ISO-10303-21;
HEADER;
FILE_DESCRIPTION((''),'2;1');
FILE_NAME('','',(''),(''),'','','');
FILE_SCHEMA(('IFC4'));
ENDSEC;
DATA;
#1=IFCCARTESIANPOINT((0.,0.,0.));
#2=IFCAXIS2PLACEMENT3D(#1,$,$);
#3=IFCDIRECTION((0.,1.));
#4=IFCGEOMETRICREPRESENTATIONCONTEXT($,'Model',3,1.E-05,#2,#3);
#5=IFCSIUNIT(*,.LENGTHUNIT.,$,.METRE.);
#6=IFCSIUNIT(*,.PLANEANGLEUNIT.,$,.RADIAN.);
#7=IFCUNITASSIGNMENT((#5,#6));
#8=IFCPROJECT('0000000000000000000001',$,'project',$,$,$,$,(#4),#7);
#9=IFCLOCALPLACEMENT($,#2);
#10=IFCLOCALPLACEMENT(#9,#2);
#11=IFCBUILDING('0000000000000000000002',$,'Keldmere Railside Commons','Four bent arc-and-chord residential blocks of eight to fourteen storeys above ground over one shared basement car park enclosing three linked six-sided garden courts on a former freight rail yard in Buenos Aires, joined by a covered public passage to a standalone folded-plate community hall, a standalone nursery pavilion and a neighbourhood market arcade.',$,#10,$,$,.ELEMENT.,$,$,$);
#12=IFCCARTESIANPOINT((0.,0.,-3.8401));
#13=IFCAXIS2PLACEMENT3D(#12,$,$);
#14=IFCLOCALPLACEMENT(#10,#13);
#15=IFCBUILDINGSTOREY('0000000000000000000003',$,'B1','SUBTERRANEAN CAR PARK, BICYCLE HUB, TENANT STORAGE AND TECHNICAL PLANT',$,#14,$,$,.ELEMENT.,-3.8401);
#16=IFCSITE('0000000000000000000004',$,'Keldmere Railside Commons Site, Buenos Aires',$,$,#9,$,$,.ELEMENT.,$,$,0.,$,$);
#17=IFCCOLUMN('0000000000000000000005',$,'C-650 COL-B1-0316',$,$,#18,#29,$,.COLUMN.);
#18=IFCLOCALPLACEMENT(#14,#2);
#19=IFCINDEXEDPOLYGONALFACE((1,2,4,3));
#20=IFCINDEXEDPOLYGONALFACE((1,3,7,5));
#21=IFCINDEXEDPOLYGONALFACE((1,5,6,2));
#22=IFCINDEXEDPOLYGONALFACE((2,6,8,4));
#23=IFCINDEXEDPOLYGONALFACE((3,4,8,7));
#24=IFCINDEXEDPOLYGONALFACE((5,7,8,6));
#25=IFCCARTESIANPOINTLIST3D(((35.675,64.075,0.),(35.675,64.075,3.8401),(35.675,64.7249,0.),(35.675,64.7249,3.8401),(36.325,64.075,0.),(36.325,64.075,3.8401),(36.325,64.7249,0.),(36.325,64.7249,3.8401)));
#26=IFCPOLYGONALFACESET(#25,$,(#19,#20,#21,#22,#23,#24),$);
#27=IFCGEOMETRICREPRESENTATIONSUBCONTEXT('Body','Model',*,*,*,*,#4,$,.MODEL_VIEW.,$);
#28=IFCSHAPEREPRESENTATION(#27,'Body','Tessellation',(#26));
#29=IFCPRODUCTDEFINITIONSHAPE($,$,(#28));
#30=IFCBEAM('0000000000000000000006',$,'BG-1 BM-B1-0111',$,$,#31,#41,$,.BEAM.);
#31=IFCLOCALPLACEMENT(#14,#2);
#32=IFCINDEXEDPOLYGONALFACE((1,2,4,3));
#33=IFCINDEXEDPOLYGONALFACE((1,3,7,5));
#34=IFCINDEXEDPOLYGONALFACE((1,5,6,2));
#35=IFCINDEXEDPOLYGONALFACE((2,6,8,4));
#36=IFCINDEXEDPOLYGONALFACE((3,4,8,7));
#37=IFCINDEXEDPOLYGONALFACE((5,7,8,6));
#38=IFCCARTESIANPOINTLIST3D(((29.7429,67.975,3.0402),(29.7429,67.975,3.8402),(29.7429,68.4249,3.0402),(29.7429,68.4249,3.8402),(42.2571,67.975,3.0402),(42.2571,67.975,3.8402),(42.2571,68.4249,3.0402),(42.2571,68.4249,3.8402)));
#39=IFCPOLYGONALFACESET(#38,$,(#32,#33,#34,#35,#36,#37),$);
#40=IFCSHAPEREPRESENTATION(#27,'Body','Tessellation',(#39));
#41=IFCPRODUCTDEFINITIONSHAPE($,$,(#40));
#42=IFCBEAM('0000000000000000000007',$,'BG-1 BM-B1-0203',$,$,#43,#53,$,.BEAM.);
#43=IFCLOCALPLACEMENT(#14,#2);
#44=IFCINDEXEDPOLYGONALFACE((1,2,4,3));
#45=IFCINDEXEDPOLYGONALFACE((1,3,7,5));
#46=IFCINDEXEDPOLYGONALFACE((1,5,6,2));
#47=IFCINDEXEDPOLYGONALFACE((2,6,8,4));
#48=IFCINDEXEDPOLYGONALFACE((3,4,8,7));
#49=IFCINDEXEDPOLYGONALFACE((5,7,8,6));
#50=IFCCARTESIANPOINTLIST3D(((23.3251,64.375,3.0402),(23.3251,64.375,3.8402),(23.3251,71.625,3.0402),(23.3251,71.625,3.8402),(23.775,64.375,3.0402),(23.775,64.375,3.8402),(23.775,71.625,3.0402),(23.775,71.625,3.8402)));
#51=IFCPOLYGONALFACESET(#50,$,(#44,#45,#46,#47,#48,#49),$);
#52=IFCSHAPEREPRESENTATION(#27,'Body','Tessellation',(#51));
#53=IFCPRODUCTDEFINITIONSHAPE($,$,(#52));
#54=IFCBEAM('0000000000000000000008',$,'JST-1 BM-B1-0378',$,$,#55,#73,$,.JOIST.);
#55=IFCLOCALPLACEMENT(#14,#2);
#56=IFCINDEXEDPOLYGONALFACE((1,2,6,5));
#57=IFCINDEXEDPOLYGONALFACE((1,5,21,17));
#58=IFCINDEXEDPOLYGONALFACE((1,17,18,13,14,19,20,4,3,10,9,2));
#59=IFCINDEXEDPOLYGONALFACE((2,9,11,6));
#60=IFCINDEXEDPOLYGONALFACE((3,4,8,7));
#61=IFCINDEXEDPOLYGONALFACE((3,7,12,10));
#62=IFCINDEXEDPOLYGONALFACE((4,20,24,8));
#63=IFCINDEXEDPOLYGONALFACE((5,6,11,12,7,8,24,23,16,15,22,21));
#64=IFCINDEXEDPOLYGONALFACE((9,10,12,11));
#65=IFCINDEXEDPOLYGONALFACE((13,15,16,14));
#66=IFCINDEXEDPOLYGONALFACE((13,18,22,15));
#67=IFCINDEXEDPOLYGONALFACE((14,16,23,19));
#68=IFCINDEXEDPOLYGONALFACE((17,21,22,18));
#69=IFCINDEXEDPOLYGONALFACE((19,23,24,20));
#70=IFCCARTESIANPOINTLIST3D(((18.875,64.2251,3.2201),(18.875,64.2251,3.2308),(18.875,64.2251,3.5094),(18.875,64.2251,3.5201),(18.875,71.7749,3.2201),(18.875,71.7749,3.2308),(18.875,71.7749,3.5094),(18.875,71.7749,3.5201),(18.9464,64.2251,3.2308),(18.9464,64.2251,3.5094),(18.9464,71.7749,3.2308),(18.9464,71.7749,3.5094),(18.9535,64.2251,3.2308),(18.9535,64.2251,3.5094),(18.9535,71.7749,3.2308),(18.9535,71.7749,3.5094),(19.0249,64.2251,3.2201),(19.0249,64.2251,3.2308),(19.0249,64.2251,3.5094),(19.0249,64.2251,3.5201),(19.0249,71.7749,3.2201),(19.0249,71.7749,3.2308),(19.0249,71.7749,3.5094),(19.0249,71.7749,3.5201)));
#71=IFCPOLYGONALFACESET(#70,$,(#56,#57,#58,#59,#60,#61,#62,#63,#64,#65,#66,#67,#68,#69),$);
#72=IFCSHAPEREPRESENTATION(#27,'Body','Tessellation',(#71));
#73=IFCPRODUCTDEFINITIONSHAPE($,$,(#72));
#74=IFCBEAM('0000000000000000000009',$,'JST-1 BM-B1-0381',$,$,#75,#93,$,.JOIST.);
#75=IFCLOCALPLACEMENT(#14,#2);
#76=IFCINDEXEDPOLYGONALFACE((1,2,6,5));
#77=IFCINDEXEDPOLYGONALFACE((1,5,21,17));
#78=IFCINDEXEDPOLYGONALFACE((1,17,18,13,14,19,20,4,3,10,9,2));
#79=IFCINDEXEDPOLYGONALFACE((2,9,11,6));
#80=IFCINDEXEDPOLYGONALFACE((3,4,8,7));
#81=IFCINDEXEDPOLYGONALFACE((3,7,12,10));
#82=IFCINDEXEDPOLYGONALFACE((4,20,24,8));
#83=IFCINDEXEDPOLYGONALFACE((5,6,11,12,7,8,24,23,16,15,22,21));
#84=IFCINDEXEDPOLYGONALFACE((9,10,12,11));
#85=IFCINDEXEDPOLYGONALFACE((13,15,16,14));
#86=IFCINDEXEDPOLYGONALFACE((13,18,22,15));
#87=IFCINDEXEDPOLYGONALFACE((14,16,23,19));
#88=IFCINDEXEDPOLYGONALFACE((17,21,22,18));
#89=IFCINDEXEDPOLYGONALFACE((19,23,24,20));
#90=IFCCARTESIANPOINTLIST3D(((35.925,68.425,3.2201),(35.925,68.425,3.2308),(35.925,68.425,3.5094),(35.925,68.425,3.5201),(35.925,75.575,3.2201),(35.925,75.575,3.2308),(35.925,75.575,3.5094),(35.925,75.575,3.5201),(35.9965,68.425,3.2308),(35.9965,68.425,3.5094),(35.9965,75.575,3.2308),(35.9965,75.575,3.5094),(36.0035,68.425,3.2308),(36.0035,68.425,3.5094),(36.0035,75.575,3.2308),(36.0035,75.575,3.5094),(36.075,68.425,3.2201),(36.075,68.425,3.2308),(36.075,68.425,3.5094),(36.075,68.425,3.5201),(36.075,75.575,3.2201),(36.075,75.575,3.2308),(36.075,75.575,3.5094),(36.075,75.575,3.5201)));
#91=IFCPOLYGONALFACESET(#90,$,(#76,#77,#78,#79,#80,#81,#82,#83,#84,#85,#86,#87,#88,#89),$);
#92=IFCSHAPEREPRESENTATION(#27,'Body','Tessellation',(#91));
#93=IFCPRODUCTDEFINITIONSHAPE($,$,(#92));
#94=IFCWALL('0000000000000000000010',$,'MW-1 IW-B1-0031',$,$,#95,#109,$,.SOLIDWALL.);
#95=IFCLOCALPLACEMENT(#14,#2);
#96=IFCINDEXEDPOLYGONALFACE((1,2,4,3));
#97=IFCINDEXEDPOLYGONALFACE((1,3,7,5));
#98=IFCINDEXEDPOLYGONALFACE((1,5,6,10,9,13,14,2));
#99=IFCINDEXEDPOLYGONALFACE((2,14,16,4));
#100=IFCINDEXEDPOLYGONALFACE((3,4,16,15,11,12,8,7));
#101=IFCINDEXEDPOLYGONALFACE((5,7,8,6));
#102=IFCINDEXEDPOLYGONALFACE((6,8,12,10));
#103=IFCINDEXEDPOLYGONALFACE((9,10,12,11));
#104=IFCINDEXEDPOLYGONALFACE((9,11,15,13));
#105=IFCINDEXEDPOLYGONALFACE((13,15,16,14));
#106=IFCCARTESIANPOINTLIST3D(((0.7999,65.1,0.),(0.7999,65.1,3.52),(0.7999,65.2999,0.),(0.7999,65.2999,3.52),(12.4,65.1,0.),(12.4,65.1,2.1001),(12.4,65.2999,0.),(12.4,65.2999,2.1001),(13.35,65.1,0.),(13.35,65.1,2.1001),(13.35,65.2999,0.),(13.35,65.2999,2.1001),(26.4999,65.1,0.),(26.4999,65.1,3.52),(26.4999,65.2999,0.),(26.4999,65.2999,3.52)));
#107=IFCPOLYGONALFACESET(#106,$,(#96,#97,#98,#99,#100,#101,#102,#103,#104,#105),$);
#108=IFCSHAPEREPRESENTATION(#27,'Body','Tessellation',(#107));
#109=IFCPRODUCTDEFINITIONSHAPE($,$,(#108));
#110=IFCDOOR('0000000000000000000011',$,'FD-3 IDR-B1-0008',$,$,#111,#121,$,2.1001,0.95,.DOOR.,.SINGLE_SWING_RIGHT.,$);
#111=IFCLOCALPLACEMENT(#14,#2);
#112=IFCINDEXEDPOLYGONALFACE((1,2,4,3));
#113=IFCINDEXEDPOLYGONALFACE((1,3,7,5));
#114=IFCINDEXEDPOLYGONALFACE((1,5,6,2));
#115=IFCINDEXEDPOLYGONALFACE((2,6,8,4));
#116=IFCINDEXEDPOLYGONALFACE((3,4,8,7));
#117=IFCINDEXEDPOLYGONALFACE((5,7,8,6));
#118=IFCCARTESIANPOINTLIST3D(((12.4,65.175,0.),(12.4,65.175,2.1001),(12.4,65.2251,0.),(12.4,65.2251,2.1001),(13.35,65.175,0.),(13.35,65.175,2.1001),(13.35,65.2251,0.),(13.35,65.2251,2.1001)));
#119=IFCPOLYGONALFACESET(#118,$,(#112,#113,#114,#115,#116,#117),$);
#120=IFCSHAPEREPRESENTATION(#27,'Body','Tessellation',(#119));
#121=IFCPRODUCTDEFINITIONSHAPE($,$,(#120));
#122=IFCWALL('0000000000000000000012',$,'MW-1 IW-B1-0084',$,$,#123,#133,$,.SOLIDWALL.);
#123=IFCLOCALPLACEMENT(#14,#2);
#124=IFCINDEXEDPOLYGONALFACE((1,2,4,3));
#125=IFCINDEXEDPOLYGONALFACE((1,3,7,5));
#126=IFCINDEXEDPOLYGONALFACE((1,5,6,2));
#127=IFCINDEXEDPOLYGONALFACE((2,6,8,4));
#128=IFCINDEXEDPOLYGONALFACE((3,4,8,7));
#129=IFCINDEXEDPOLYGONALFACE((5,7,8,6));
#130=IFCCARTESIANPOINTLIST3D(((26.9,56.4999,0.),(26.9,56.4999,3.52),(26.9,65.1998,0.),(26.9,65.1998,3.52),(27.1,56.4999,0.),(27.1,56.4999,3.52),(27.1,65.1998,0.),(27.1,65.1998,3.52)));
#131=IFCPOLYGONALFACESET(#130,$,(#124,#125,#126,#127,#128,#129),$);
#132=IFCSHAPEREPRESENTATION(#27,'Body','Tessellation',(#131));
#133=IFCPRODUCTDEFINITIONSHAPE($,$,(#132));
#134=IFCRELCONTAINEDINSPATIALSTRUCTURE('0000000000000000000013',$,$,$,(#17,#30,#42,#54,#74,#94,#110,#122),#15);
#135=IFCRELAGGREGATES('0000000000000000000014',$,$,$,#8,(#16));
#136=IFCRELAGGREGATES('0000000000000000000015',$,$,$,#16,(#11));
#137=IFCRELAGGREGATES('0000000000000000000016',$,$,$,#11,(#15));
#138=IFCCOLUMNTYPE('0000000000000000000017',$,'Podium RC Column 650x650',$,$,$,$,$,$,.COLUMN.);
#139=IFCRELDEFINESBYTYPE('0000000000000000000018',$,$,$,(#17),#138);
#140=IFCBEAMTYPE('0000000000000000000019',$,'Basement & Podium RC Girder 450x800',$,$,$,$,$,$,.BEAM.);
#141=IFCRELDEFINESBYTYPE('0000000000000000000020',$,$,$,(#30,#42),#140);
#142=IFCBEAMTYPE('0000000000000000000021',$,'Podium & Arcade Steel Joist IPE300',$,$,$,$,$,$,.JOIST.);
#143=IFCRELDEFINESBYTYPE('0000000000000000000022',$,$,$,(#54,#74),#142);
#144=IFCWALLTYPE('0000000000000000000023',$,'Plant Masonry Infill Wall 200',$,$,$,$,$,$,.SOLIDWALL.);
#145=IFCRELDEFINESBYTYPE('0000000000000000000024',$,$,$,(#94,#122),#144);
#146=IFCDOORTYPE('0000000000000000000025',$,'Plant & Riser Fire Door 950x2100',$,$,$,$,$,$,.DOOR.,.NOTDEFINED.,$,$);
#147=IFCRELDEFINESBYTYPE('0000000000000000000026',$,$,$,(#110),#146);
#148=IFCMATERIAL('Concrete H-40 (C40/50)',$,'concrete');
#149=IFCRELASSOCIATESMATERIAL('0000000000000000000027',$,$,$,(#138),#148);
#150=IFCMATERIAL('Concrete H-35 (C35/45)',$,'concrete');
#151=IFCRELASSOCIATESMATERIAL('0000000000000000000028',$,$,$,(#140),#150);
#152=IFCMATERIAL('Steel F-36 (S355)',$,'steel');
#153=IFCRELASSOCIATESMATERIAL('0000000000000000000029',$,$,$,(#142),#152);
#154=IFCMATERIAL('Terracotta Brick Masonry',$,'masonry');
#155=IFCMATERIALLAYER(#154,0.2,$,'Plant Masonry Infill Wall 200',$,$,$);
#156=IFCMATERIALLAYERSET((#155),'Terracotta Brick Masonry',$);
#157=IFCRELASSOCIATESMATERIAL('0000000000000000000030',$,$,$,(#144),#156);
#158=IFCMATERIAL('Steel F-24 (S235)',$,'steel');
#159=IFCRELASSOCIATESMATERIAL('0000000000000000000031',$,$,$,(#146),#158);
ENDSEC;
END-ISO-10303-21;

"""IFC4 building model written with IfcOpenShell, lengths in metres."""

from ifc_helpers import new_model, si_unit, direction, frame, frame_2d, origin, origin_2d, place, context, subcontext, project, spatial, rectangle, i_section, extrude, material, layer, layer_set, material_profile, profile_set, type_object, element, fill, save


model = new_model("IFC4")

# Units and contexts
model_context = context("Model", 3, precision=1e-05, world=origin(), true_north=direction((0.0, 1.0)))
body_context = subcontext(model_context, "Body", "Model", "MODEL_VIEW")
ifc_project = project(units=[si_unit("LENGTHUNIT", "METRE"), si_unit("PLANEANGLEUNIT", "RADIAN")], contexts=[model_context])

# Site, building, storey
site_placement = place(None, origin())
site = spatial("IfcSite", under=ifc_project, at=site_placement, Name="Keldmere Railside Commons Site, Buenos Aires", CompositionType="ELEMENT", RefElevation=0.0)
building_placement = place(site_placement, origin())
building = spatial("IfcBuilding", under=site, at=building_placement, Name="Keldmere Railside Commons", Description="Four bent arc-and-chord residential blocks of eight to fourteen storeys above ground over one shared basement car park enclosing three linked six-sided garden courts on a former freight rail yard in Buenos Aires, joined by a covered public passage to a standalone folded-plate community hall, a standalone nursery pavilion and a neighbourhood market arcade.", CompositionType="ELEMENT")
storey_placement = place(building_placement, frame((0.0, 0.0, -3.8401)))
storey = spatial("IfcBuildingStorey", under=building, at=storey_placement, Name="B1", Description="SUBTERRANEAN CAR PARK, BICYCLE HUB, TENANT STORAGE AND TECHNICAL PLANT", CompositionType="ELEMENT", Elevation=-3.8401)

# Shared definitions
ifc_material_1 = material(Name="Concrete H-40 (C40/50)", Category="concrete")

# Column
ifc_material_profile_1 = material_profile(ifc_material_1, rectangle(XDim=0.6499, YDim=0.6499, at=origin_2d()), Name="RC-650x650")
ifc_profile_set_1 = profile_set([ifc_material_profile_1], Name="Concrete H-40 (C40/50)")
column_type_1 = type_object("IfcColumnType", Name="Podium RC Column 650x650", PredefinedType="COLUMN", material=ifc_profile_set_1)
for number, where, z_axis, x_axis, name in (
    (1, (36.0, 64.3999, 0.0), (0.0, 0.0, 1.0), (1.0, 0.0, 0.0), "C-650 COL-B1-0316"),
):
    element("IfcColumn", number, at=place(storey_placement, frame(where, z_axis=z_axis, x_axis=x_axis)), inside=storey, type_object=column_type_1, Name=name, PredefinedType="COLUMN", context=body_context, shape_type="SweptSolid", body=[
        extrude(rectangle(XDim=0.6499, YDim=0.6499, at=origin_2d()), origin(), (0.0, 0.0, 1.0), 3.8401),
    ])

# Beams
ifc_material_2 = material(Name="Concrete H-35 (C35/45)", Category="concrete")
ifc_material_profile_2 = material_profile(ifc_material_2, rectangle(XDim=0.45, YDim=0.8, at=origin_2d()), Name="RC-450x800")
ifc_profile_set_2 = profile_set([ifc_material_profile_2], Name="Concrete H-35 (C35/45)")
beam_type_1 = type_object("IfcBeamType", Name="Basement & Podium RC Girder 450x800", PredefinedType="BEAM", material=ifc_profile_set_2)
beam_1_placement = place(storey_placement, frame((29.7429, 68.2, 3.4402), z_axis=(1.0, 0.0, 0.0), x_axis=(0.0, 1.0, 0.0)))
element("IfcBeam", 2, at=beam_1_placement, inside=storey, type_object=beam_type_1, Name="BG-1 BM-B1-0111", PredefinedType="BEAM", context=body_context, shape_type="SweptSolid", body=[
    extrude(rectangle(XDim=0.45, YDim=0.8, at=origin_2d()), origin(), (0.0, 0.0, 1.0), 12.5142),
])
beam_2_placement = place(storey_placement, frame((23.55, 64.375, 3.4402), z_axis=(0.0, 1.0, 0.0), x_axis=(-1.0, 0.0, 0.0)))
element("IfcBeam", 3, at=beam_2_placement, inside=storey, type_object=beam_type_1, Name="BG-1 BM-B1-0203", PredefinedType="BEAM", context=body_context, shape_type="SweptSolid", body=[
    extrude(rectangle(XDim=0.45, YDim=0.8, at=origin_2d()), origin(), (0.0, 0.0, 1.0), 7.25),
])
ifc_material_3 = material(Name="Steel F-36 (S355)", Category="steel")
ifc_material_profile_3 = material_profile(ifc_material_3, i_section(OverallWidth=0.1499, OverallDepth=0.3, WebThickness=0.0071, FlangeThickness=0.0107, at=origin_2d()), Name="IPE-300")
ifc_profile_set_3 = profile_set([ifc_material_profile_3], Name="Steel F-36 (S355)")
beam_type_2 = type_object("IfcBeamType", Name="Podium & Arcade Steel Joist IPE300", PredefinedType="JOIST", material=ifc_profile_set_3)
beam_3_placement = place(storey_placement, frame((18.95, 64.2251, 3.3701), z_axis=(0.0, 1.0, 0.0), x_axis=(-1.0, 0.0, 0.0)))
element("IfcBeam", 4, at=beam_3_placement, inside=storey, type_object=beam_type_2, Name="JST-1 BM-B1-0378", PredefinedType="JOIST", context=body_context, shape_type="SweptSolid", body=[
    extrude(i_section(OverallWidth=0.1499, OverallDepth=0.3, WebThickness=0.0071, FlangeThickness=0.0107, at=origin_2d()), origin(), (0.0, 0.0, 1.0), 7.5498),
])
beam_4_placement = place(storey_placement, frame((36.0, 68.425, 3.3701), z_axis=(0.0, 1.0, 0.0), x_axis=(-1.0, 0.0, 0.0)))
element("IfcBeam", 5, at=beam_4_placement, inside=storey, type_object=beam_type_2, Name="JST-1 BM-B1-0381", PredefinedType="JOIST", context=body_context, shape_type="SweptSolid", body=[
    extrude(i_section(OverallWidth=0.1499, OverallDepth=0.3, WebThickness=0.0071, FlangeThickness=0.0107, at=origin_2d()), origin(), (0.0, 0.0, 1.0), 7.1499),
])

# Wall, opening, door
ifc_material_4 = material(Name="Terracotta Brick Masonry", Category="masonry")
ifc_layer = layer(ifc_material_4, 0.2, Name="Plant Masonry Infill Wall 200")
ifc_layer_set = layer_set([ifc_layer], Name="Terracotta Brick Masonry")
wall_type = type_object("IfcWallType", Name="Plant Masonry Infill Wall 200", PredefinedType="SOLIDWALL", material=ifc_layer_set)
wall_1_placement = place(storey_placement, frame((26.5, 65.2, 0.0), z_axis=(0.0, 0.0, 1.0), x_axis=(-1.0, 0.0, 0.0)))
wall_1 = element("IfcWall", 6, at=wall_1_placement, inside=storey, type_object=wall_type, Name="MW-1 IW-B1-0031", PredefinedType="SOLIDWALL", context=body_context, shape_type="SweptSolid", body=[
    extrude(rectangle(XDim=25.7, YDim=0.2, at=frame_2d((12.8501, 0.0))), origin(), (0.0, 0.0, 1.0), 3.52),
])
opening_placement = place(wall_1_placement, frame((13.1499, 0.0, 0.0)))
opening = element("IfcOpeningElement", 7, at=opening_placement, cuts=wall_1, PredefinedType="OPENING", context=body_context, shape_type="SweptSolid", body=[
    extrude(rectangle(XDim=0.95, YDim=2.1001, at=frame_2d((0.4751, 1.05))), frame((0.0, 0.1099, 0.0), z_axis=(0.0, -1.0, 0.0), x_axis=(1.0, 0.0, 0.0)), (0.0, 0.0, 1.0), 0.22),
])
ifc_material_5 = material(Name="Steel F-24 (S235)", Category="steel")
door_type = type_object("IfcDoorType", Name="Plant & Riser Fire Door 950x2100", OperationType="NOTDEFINED", PredefinedType="DOOR", material=ifc_material_5)
door_placement = place(opening_placement, origin())
door = element("IfcDoor", 8, at=door_placement, inside=storey, type_object=door_type, Name="FD-3 IDR-B1-0008", OperationType="SINGLE_SWING_RIGHT", OverallHeight=2.1001, OverallWidth=0.95, PredefinedType="DOOR", context=body_context, shape_type="SweptSolid", body=[
    extrude(rectangle(XDim=0.95, YDim=2.1001, at=frame_2d((0.4751, 1.05))), frame((0.0, 0.0249, 0.0), z_axis=(0.0, -1.0, 0.0), x_axis=(1.0, 0.0, 0.0)), (0.0, 0.0, 1.0), 0.05),
])
fill(opening, door)

# Wall
wall_2_placement = place(storey_placement, frame((27.0, 65.2, 0.0), z_axis=(0.0, 0.0, 1.0), x_axis=(0.0, -1.0, 0.0)))
element("IfcWall", 9, at=wall_2_placement, inside=storey, type_object=wall_type, Name="MW-1 IW-B1-0084", PredefinedType="SOLIDWALL", context=body_context, shape_type="SweptSolid", body=[
    extrude(rectangle(XDim=8.7, YDim=0.2, at=frame_2d((4.3501, 0.0))), origin(), (0.0, 0.0, 1.0), 3.52),
])

save(model, "model.ifc")
